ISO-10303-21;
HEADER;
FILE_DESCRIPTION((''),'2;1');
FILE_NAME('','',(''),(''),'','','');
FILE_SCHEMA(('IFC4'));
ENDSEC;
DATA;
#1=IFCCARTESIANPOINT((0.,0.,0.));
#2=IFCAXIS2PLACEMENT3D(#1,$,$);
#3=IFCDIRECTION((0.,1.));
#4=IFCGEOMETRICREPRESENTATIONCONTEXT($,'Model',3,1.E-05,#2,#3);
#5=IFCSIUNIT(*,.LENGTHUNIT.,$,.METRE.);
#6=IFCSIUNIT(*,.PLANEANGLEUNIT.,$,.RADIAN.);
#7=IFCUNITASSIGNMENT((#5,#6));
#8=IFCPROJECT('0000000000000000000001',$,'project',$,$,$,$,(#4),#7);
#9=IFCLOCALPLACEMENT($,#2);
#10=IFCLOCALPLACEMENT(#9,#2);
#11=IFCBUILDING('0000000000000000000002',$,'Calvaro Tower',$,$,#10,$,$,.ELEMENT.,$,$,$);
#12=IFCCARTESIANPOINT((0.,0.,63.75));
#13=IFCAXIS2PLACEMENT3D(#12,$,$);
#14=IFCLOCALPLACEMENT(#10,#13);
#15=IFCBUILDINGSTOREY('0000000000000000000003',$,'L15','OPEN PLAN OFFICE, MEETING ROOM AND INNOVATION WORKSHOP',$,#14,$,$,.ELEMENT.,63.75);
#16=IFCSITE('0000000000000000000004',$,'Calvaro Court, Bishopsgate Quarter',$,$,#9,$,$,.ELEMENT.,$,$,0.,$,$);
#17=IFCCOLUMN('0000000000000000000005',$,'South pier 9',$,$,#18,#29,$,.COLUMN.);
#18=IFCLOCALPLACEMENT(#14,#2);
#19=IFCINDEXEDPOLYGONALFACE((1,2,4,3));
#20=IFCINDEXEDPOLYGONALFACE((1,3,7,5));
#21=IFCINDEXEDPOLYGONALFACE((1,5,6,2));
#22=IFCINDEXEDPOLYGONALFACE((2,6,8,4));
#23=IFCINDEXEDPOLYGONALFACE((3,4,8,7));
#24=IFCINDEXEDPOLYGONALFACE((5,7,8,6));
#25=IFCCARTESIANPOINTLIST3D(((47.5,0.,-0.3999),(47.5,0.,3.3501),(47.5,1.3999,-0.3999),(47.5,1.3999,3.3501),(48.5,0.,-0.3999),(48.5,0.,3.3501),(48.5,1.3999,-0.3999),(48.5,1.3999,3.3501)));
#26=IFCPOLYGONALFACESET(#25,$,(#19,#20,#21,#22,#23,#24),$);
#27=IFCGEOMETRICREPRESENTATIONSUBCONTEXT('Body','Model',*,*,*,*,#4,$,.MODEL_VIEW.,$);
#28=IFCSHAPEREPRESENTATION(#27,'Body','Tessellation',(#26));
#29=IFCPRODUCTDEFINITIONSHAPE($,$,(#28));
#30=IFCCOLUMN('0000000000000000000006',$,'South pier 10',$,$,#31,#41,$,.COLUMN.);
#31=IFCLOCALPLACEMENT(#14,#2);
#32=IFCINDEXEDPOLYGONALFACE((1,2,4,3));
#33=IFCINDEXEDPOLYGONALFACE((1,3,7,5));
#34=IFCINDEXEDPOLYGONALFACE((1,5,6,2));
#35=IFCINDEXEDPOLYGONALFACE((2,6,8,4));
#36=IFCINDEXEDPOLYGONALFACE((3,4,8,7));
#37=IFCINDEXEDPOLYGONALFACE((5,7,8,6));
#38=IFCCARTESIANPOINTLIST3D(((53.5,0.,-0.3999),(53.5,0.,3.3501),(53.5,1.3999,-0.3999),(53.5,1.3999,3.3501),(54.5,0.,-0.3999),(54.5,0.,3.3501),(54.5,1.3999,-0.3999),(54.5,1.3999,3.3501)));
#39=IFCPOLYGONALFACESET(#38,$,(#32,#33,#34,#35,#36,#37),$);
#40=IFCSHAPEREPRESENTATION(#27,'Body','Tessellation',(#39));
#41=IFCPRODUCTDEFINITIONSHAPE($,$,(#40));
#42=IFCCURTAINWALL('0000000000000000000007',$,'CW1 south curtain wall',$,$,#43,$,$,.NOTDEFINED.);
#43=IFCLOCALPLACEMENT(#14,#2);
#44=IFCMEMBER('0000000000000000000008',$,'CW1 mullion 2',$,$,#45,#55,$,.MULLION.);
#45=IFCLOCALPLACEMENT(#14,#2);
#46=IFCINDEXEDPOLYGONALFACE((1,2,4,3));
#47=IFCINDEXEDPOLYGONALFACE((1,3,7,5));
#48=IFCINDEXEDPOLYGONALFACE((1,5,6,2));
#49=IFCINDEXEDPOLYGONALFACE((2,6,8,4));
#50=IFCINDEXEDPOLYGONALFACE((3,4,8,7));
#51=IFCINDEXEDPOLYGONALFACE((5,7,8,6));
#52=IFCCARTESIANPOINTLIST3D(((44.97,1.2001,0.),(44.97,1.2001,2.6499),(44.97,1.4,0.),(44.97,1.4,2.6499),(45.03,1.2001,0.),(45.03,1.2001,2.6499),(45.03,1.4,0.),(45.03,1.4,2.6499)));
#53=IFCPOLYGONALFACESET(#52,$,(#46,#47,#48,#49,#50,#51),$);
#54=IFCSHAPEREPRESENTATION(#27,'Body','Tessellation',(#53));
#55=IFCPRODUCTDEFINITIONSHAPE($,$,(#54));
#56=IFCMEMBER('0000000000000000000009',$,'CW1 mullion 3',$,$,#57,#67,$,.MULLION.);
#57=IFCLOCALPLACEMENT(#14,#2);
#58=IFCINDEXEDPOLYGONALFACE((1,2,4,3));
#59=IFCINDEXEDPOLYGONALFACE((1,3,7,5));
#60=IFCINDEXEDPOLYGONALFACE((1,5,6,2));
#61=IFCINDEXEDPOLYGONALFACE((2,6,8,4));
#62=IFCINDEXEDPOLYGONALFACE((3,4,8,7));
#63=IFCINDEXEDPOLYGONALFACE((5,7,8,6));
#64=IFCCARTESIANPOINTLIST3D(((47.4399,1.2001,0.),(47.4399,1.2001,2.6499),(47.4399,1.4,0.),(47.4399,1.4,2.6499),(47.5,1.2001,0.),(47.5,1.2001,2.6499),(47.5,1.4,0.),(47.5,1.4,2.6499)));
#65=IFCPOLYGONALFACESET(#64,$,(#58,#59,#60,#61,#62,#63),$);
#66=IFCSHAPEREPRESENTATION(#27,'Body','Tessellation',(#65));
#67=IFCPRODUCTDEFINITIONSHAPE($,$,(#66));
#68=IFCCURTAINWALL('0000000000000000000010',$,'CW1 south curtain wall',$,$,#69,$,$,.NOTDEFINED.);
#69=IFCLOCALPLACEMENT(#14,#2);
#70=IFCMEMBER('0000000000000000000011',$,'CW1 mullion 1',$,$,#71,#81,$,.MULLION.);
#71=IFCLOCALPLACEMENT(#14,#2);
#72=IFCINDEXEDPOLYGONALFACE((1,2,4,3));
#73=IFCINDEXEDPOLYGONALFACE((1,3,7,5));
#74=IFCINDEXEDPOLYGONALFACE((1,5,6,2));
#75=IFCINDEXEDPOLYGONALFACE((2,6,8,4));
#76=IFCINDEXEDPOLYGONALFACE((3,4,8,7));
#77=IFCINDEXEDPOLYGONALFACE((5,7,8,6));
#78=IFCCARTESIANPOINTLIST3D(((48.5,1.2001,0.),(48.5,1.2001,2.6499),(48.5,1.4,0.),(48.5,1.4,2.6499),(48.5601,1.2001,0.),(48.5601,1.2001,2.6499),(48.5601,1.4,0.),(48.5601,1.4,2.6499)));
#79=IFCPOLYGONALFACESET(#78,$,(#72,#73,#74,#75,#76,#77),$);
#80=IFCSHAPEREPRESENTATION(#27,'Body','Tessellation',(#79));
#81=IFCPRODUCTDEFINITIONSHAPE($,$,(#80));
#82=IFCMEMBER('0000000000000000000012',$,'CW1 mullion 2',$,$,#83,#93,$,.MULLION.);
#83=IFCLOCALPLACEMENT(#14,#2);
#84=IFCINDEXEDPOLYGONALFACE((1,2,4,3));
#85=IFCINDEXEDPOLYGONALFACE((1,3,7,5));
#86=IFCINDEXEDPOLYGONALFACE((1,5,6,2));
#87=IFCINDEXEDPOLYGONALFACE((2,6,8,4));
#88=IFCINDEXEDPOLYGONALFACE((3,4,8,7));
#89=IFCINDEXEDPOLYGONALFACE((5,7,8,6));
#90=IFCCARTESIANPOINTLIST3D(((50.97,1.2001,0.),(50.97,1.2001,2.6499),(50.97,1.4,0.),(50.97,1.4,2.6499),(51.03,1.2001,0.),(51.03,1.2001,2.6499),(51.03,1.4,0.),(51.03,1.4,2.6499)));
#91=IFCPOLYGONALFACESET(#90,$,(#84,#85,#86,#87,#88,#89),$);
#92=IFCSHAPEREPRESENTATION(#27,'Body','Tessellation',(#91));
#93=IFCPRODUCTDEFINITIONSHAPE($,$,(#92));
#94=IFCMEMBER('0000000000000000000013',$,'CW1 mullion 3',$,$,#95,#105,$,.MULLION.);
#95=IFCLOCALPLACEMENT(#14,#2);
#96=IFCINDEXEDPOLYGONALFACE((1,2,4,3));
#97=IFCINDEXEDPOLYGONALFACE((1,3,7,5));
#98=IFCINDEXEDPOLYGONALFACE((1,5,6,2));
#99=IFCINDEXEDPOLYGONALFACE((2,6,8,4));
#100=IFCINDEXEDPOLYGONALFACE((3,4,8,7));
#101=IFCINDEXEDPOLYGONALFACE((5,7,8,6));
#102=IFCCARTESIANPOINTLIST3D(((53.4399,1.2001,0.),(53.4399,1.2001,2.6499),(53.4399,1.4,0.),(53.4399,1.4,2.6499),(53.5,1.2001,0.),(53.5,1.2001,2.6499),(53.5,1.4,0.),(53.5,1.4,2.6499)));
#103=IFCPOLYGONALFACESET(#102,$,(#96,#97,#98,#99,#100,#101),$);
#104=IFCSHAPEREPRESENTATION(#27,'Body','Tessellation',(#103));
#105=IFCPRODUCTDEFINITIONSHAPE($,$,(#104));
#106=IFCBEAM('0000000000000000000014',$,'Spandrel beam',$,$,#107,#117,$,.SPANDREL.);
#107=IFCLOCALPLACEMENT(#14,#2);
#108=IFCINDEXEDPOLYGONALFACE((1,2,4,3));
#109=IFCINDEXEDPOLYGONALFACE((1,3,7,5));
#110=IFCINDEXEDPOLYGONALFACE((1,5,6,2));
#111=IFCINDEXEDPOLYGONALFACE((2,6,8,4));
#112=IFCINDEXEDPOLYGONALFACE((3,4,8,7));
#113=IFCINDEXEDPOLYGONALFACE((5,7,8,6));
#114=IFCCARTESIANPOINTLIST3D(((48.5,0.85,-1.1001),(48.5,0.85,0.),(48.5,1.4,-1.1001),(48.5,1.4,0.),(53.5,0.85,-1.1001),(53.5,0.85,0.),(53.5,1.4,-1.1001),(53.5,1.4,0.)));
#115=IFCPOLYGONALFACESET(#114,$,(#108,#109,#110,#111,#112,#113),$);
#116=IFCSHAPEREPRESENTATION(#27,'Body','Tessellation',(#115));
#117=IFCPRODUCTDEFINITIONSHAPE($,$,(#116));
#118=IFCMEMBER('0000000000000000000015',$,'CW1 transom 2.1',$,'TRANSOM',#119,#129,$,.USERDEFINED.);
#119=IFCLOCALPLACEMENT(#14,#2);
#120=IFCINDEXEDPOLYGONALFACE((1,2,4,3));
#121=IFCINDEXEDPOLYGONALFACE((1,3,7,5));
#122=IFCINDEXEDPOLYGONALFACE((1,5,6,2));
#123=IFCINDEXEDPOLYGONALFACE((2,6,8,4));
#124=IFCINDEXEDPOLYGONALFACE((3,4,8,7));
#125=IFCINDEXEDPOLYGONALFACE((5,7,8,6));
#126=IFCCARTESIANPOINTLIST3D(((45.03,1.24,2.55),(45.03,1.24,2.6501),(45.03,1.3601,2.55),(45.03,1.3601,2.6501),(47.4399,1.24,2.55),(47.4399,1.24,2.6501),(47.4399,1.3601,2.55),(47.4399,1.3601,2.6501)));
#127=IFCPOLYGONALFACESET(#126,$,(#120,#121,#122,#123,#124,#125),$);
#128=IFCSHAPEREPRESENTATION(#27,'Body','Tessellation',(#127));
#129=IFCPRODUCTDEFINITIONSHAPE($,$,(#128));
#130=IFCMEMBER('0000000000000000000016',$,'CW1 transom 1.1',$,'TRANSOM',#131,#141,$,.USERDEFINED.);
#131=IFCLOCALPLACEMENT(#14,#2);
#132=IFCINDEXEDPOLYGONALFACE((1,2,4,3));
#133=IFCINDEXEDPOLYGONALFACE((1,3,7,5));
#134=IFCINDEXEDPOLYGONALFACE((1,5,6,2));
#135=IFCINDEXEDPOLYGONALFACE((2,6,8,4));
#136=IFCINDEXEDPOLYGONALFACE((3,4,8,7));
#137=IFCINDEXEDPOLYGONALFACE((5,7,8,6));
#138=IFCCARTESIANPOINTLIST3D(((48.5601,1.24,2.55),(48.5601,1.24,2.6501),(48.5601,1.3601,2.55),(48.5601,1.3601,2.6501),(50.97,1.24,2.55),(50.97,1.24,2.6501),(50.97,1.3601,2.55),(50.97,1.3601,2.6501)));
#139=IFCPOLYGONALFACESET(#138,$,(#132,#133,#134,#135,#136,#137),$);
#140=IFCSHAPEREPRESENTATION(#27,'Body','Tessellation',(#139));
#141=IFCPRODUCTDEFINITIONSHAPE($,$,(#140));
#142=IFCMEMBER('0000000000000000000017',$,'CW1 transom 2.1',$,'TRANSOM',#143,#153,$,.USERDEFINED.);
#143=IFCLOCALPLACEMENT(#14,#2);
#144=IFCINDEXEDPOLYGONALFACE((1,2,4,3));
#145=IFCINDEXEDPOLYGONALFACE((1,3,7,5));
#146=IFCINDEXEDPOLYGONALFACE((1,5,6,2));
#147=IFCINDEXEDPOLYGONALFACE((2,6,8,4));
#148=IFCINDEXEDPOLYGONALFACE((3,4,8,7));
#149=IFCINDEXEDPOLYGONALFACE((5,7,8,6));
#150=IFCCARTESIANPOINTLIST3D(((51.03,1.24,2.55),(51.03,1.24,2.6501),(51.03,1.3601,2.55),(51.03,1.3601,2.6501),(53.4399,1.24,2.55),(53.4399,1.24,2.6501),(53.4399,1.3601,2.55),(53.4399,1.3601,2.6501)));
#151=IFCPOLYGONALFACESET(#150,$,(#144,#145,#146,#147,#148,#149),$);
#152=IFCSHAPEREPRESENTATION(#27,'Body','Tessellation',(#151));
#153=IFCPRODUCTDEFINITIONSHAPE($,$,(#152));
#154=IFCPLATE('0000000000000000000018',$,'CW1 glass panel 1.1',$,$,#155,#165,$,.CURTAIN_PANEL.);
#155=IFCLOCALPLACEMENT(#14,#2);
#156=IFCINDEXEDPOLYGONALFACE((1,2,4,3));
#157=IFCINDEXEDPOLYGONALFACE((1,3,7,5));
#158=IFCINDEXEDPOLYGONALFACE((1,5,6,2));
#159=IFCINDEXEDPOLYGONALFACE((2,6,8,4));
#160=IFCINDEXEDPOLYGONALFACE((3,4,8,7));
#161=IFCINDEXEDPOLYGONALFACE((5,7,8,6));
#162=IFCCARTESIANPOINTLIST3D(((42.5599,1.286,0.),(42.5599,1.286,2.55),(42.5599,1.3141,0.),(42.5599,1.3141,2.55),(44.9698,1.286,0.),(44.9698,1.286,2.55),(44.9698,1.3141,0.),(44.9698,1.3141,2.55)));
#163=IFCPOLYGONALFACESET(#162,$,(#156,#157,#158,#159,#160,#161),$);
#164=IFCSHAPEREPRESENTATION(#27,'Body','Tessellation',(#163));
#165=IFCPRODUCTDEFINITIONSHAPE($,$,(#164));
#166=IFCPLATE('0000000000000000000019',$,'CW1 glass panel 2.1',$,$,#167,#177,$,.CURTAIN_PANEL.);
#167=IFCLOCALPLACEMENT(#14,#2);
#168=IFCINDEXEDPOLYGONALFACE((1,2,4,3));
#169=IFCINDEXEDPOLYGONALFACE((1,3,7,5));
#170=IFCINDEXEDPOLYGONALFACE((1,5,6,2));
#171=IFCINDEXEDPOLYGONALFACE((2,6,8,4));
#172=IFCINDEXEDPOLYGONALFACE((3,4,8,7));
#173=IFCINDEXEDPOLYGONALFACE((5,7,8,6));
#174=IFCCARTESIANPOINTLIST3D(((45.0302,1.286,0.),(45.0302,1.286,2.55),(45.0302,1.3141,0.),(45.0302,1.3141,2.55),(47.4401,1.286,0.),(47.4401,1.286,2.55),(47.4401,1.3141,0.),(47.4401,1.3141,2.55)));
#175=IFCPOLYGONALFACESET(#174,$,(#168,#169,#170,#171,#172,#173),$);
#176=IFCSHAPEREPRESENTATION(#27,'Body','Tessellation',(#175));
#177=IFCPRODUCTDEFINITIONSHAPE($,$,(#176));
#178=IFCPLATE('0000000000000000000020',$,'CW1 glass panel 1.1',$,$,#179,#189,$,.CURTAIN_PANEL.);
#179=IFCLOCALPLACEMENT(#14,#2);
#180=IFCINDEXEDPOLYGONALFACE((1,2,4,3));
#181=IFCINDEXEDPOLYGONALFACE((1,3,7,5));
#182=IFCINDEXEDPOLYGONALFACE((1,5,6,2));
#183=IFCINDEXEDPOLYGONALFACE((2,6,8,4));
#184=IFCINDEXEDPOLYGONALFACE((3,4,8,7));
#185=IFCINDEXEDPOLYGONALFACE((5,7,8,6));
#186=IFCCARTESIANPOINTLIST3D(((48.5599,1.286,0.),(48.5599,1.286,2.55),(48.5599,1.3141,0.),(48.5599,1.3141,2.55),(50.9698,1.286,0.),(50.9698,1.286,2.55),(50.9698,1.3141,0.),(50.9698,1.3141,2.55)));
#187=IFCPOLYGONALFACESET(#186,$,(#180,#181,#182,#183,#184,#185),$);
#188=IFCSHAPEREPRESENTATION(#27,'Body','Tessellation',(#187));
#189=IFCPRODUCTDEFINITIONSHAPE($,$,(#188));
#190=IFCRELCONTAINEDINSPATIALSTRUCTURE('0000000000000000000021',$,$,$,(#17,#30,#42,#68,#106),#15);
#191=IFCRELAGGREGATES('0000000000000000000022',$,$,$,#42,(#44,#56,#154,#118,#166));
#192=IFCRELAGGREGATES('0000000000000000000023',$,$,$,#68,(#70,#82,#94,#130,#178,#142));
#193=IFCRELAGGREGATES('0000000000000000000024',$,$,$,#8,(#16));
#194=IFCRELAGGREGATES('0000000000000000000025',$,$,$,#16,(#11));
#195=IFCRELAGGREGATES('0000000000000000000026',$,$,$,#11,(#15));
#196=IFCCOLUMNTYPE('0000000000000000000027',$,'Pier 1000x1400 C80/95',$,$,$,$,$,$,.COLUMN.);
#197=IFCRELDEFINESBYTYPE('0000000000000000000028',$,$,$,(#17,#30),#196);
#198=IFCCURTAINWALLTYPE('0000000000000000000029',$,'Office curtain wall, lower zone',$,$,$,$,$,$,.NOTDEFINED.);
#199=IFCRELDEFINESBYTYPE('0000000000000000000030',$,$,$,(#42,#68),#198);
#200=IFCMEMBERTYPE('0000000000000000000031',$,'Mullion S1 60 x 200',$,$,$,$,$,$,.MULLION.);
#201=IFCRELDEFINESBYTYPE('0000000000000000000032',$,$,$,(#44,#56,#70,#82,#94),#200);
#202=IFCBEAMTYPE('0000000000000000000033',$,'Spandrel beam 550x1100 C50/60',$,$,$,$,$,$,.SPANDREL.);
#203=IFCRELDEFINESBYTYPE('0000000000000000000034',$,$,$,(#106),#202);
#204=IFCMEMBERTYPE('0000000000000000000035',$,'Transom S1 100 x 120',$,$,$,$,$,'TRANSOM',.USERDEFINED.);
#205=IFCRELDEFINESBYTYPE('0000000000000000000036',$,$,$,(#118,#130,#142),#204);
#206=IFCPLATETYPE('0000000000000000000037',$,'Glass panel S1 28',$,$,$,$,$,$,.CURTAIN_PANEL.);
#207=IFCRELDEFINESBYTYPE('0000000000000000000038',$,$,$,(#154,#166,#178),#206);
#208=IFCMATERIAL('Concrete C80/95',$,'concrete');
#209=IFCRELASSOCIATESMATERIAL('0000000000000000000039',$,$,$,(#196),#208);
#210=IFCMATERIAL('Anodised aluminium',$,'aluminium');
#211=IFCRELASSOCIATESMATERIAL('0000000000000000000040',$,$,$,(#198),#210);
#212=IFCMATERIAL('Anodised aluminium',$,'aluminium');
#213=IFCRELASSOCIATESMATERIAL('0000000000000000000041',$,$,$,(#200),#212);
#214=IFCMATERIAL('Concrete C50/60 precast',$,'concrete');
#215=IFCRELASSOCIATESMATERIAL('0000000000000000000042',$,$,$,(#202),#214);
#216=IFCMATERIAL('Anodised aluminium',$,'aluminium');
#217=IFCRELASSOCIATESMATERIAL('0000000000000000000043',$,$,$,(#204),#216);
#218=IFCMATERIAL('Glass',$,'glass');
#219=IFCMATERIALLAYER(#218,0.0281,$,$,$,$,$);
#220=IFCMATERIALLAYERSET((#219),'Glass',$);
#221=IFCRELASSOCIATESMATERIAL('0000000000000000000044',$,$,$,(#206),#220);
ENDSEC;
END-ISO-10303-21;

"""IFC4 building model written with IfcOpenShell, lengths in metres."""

from ifc_helpers import new_model, si_unit, direction, frame, origin, origin_2d, place, context, subcontext, project, spatial, rectangle, extrude, material, layer, layer_set, material_profile, profile_set, type_object, element, aggregate, save


model = new_model("IFC4")

# Units and contexts
model_context = context("Model", 3, precision=1e-05, world=origin(), true_north=direction((0.0, 1.0)))
body_context = subcontext(model_context, "Body", "Model", "MODEL_VIEW")
ifc_project = project(units=[si_unit("LENGTHUNIT", "METRE"), si_unit("PLANEANGLEUNIT", "RADIAN")], contexts=[model_context])

# Site, building, storey
site_placement = place(None, origin())
site = spatial("IfcSite", under=ifc_project, at=site_placement, Name="Calvaro Court, Bishopsgate Quarter", CompositionType="ELEMENT", RefElevation=0.0)
building_placement = place(site_placement, origin())
building = spatial("IfcBuilding", under=site, at=building_placement, Name="Calvaro Tower", CompositionType="ELEMENT")
storey_placement = place(building_placement, frame((0.0, 0.0, 63.75)))
storey = spatial("IfcBuildingStorey", under=building, at=storey_placement, Name="L15", Description="OPEN PLAN OFFICE, MEETING ROOM AND INNOVATION WORKSHOP", CompositionType="ELEMENT", Elevation=63.75)

# Columns
ifc_material_1 = material(Name="Concrete C80/95", Category="concrete")
ifc_material_profile_1 = material_profile(ifc_material_1, rectangle(XDim=1.0, YDim=1.3999, at=origin_2d()), Name="RC 1000x1400")
ifc_profile_set_1 = profile_set([ifc_material_profile_1], Name="Concrete C80/95")
column_type = type_object("IfcColumnType", Name="Pier 1000x1400 C80/95", PredefinedType="COLUMN", material=ifc_profile_set_1)
for number, where, z_axis, x_axis, name in (
    (1, (48.0, 0.7, -0.3999), (0.0, 0.0, 1.0), (1.0, 0.0, 0.0), "South pier 9"),
    (2, (54.0, 0.7, -0.3999), (0.0, 0.0, 1.0), (1.0, 0.0, 0.0), "South pier 10"),
):
    element("IfcColumn", number, at=place(storey_placement, frame(where, z_axis=z_axis, x_axis=x_axis)), inside=storey, type_object=column_type, Name=name, PredefinedType="COLUMN", context=body_context, shape_type="SweptSolid", body=[
        extrude(rectangle(XDim=1.0, YDim=1.3999, at=origin_2d()), origin(), (0.0, 0.0, 1.0), 3.75),
    ])

# Curtain walls, members
ifc_material_2 = material(Name="Anodised aluminium", Category="aluminium")
curtain_wall_type = type_object("IfcCurtainWallType", Name="Office curtain wall, lower zone", PredefinedType="NOTDEFINED", material=ifc_material_2)
curtain_wall_1_placement = place(storey_placement, origin())
curtain_wall_1 = element("IfcCurtainWall", 3, at=curtain_wall_1_placement, inside=storey, type_object=curtain_wall_type, Name="CW1 south curtain wall", PredefinedType="NOTDEFINED")
ifc_material_3 = material(Name="Anodised aluminium", Category="aluminium")
ifc_material_profile_2 = material_profile(ifc_material_3, rectangle(XDim=0.2, YDim=0.0601, at=origin_2d()), Name="Mullion S1 60 x 200")
ifc_profile_set_2 = profile_set([ifc_material_profile_2], Name="Anodised aluminium")
member_type_1 = type_object("IfcMemberType", Name="Mullion S1 60 x 200", PredefinedType="MULLION", material=ifc_profile_set_2)
member_1_placement = place(storey_placement, frame((45.0, 1.3, 0.0), z_axis=(0.0, 0.0, 1.0), x_axis=(0.0, 1.0, 0.0)))
member_1 = element("IfcMember", 4, at=member_1_placement, type_object=member_type_1, Name="CW1 mullion 2", PredefinedType="MULLION", context=body_context, shape_type="SweptSolid", body=[
    extrude(rectangle(XDim=0.2, YDim=0.0601, at=origin_2d()), origin(), (0.0, 0.0, 1.0), 2.6499),
])
member_2_placement = place(storey_placement, frame((47.47, 1.3, 0.0), z_axis=(0.0, 0.0, 1.0), x_axis=(0.0, 1.0, 0.0)))
member_2 = element("IfcMember", 5, at=member_2_placement, type_object=member_type_1, Name="CW1 mullion 3", PredefinedType="MULLION", context=body_context, shape_type="SweptSolid", body=[
    extrude(rectangle(XDim=0.2, YDim=0.0601, at=origin_2d()), origin(), (0.0, 0.0, 1.0), 2.6499),
])
curtain_wall_2_placement = place(storey_placement, origin())
curtain_wall_2 = element("IfcCurtainWall", 6, at=curtain_wall_2_placement, inside=storey, type_object=curtain_wall_type, Name="CW1 south curtain wall", PredefinedType="NOTDEFINED")
member_3_placement = place(storey_placement, frame((48.53, 1.3, 0.0), z_axis=(0.0, 0.0, 1.0), x_axis=(0.0, 1.0, 0.0)))
member_3 = element("IfcMember", 7, at=member_3_placement, type_object=member_type_1, Name="CW1 mullion 1", PredefinedType="MULLION", context=body_context, shape_type="SweptSolid", body=[
    extrude(rectangle(XDim=0.2, YDim=0.0601, at=origin_2d()), origin(), (0.0, 0.0, 1.0), 2.6499),
])
member_4_placement = place(storey_placement, frame((51.0, 1.3, 0.0), z_axis=(0.0, 0.0, 1.0), x_axis=(0.0, 1.0, 0.0)))
member_4 = element("IfcMember", 8, at=member_4_placement, type_object=member_type_1, Name="CW1 mullion 2", PredefinedType="MULLION", context=body_context, shape_type="SweptSolid", body=[
    extrude(rectangle(XDim=0.2, YDim=0.0601, at=origin_2d()), origin(), (0.0, 0.0, 1.0), 2.6499),
])
member_5_placement = place(storey_placement, frame((53.47, 1.3, 0.0), z_axis=(0.0, 0.0, 1.0), x_axis=(0.0, 1.0, 0.0)))
member_5 = element("IfcMember", 9, at=member_5_placement, type_object=member_type_1, Name="CW1 mullion 3", PredefinedType="MULLION", context=body_context, shape_type="SweptSolid", body=[
    extrude(rectangle(XDim=0.2, YDim=0.0601, at=origin_2d()), origin(), (0.0, 0.0, 1.0), 2.6499),
])

# Beam
ifc_material_4 = material(Name="Concrete C50/60 precast", Category="concrete")
ifc_material_profile_3 = material_profile(ifc_material_4, rectangle(XDim=0.55, YDim=1.1001, at=origin_2d()), Name="RC 550x1100")
ifc_profile_set_3 = profile_set([ifc_material_profile_3], Name="Concrete C50/60 precast")
beam_type = type_object("IfcBeamType", Name="Spandrel beam 550x1100 C50/60", PredefinedType="SPANDREL", material=ifc_profile_set_3)
beam_placement = place(storey_placement, frame((48.5, 1.125, -0.55), z_axis=(1.0, 0.0, 0.0), x_axis=(0.0, 1.0, 0.0)))
element("IfcBeam", 10, at=beam_placement, inside=storey, type_object=beam_type, Name="Spandrel beam", PredefinedType="SPANDREL", context=body_context, shape_type="SweptSolid", body=[
    extrude(rectangle(XDim=0.55, YDim=1.1001, at=origin_2d()), origin(), (0.0, 0.0, 1.0), 5.0),
])

# Members
ifc_material_5 = material(Name="Anodised aluminium", Category="aluminium")
ifc_material_profile_4 = material_profile(ifc_material_5, rectangle(XDim=0.1201, YDim=0.1001, at=origin_2d()), Name="Transom S1 100 x 120")
ifc_profile_set_4 = profile_set([ifc_material_profile_4], Name="Anodised aluminium")
member_type_2 = type_object("IfcMemberType", Name="Transom S1 100 x 120", ElementType="TRANSOM", PredefinedType="USERDEFINED", material=ifc_profile_set_4)
member_6_placement = place(storey_placement, frame((45.03, 1.3, 2.6001), z_axis=(1.0, 0.0, 0.0), x_axis=(0.0, 1.0, 0.0)))
member_6 = element("IfcMember", 11, at=member_6_placement, type_object=member_type_2, Name="CW1 transom 2.1", ObjectType="TRANSOM", PredefinedType="USERDEFINED", context=body_context, shape_type="SweptSolid", body=[
    extrude(rectangle(XDim=0.1201, YDim=0.1001, at=origin_2d()), origin(), (0.0, 0.0, 1.0), 2.4099),
])
member_7_placement = place(storey_placement, frame((48.5601, 1.3, 2.6001), z_axis=(1.0, 0.0, 0.0), x_axis=(0.0, 1.0, 0.0)))
member_7 = element("IfcMember", 12, at=member_7_placement, type_object=member_type_2, Name="CW1 transom 1.1", ObjectType="TRANSOM", PredefinedType="USERDEFINED", context=body_context, shape_type="SweptSolid", body=[
    extrude(rectangle(XDim=0.1201, YDim=0.1001, at=origin_2d()), origin(), (0.0, 0.0, 1.0), 2.4099),
])
member_8_placement = place(storey_placement, frame((51.03, 1.3, 2.6001), z_axis=(1.0, 0.0, 0.0), x_axis=(0.0, 1.0, 0.0)))
member_8 = element("IfcMember", 13, at=member_8_placement, type_object=member_type_2, Name="CW1 transom 2.1", ObjectType="TRANSOM", PredefinedType="USERDEFINED", context=body_context, shape_type="SweptSolid", body=[
    extrude(rectangle(XDim=0.1201, YDim=0.1001, at=origin_2d()), origin(), (0.0, 0.0, 1.0), 2.4099),
])

# Plates
ifc_material_6 = material(Name="Glass", Category="glass")
ifc_layer_1 = layer(ifc_material_6, 0.0281)
ifc_layer_set_1 = layer_set([ifc_layer_1], Name="Glass")
plate_type = type_object("IfcPlateType", Name="Glass panel S1 28", PredefinedType="CURTAIN_PANEL", material=ifc_layer_set_1)
plate_1_placement = place(storey_placement, frame((43.7649, 1.3, 0.0), z_axis=(0.0, 0.0, 1.0), x_axis=(1.0, 0.0, 0.0)))
plate_1 = element("IfcPlate", 14, at=plate_1_placement, type_object=plate_type, Name="CW1 glass panel 1.1", PredefinedType="CURTAIN_PANEL", context=body_context, shape_type="SweptSolid", body=[
    extrude(rectangle(XDim=2.4099, YDim=0.0281, at=origin_2d()), origin(), (0.0, 0.0, 1.0), 2.55),
])
plate_2_placement = place(storey_placement, frame((46.2351, 1.3, 0.0), z_axis=(0.0, 0.0, 1.0), x_axis=(1.0, 0.0, 0.0)))
plate_2 = element("IfcPlate", 15, at=plate_2_placement, type_object=plate_type, Name="CW1 glass panel 2.1", PredefinedType="CURTAIN_PANEL", context=body_context, shape_type="SweptSolid", body=[
    extrude(rectangle(XDim=2.4099, YDim=0.0281, at=origin_2d()), origin(), (0.0, 0.0, 1.0), 2.55),
])
aggregate(curtain_wall_1, [member_1, member_2, plate_1, member_6, plate_2])
plate_3_placement = place(storey_placement, frame((49.7649, 1.3, 0.0), z_axis=(0.0, 0.0, 1.0), x_axis=(1.0, 0.0, 0.0)))
plate_3 = element("IfcPlate", 16, at=plate_3_placement, type_object=plate_type, Name="CW1 glass panel 1.1", PredefinedType="CURTAIN_PANEL", context=body_context, shape_type="SweptSolid", body=[
    extrude(rectangle(XDim=2.4099, YDim=0.0281, at=origin_2d()), origin(), (0.0, 0.0, 1.0), 2.55),
])
aggregate(curtain_wall_2, [member_3, member_4, member_5, member_7, plate_3, member_8])

save(model, "model.ifc")
